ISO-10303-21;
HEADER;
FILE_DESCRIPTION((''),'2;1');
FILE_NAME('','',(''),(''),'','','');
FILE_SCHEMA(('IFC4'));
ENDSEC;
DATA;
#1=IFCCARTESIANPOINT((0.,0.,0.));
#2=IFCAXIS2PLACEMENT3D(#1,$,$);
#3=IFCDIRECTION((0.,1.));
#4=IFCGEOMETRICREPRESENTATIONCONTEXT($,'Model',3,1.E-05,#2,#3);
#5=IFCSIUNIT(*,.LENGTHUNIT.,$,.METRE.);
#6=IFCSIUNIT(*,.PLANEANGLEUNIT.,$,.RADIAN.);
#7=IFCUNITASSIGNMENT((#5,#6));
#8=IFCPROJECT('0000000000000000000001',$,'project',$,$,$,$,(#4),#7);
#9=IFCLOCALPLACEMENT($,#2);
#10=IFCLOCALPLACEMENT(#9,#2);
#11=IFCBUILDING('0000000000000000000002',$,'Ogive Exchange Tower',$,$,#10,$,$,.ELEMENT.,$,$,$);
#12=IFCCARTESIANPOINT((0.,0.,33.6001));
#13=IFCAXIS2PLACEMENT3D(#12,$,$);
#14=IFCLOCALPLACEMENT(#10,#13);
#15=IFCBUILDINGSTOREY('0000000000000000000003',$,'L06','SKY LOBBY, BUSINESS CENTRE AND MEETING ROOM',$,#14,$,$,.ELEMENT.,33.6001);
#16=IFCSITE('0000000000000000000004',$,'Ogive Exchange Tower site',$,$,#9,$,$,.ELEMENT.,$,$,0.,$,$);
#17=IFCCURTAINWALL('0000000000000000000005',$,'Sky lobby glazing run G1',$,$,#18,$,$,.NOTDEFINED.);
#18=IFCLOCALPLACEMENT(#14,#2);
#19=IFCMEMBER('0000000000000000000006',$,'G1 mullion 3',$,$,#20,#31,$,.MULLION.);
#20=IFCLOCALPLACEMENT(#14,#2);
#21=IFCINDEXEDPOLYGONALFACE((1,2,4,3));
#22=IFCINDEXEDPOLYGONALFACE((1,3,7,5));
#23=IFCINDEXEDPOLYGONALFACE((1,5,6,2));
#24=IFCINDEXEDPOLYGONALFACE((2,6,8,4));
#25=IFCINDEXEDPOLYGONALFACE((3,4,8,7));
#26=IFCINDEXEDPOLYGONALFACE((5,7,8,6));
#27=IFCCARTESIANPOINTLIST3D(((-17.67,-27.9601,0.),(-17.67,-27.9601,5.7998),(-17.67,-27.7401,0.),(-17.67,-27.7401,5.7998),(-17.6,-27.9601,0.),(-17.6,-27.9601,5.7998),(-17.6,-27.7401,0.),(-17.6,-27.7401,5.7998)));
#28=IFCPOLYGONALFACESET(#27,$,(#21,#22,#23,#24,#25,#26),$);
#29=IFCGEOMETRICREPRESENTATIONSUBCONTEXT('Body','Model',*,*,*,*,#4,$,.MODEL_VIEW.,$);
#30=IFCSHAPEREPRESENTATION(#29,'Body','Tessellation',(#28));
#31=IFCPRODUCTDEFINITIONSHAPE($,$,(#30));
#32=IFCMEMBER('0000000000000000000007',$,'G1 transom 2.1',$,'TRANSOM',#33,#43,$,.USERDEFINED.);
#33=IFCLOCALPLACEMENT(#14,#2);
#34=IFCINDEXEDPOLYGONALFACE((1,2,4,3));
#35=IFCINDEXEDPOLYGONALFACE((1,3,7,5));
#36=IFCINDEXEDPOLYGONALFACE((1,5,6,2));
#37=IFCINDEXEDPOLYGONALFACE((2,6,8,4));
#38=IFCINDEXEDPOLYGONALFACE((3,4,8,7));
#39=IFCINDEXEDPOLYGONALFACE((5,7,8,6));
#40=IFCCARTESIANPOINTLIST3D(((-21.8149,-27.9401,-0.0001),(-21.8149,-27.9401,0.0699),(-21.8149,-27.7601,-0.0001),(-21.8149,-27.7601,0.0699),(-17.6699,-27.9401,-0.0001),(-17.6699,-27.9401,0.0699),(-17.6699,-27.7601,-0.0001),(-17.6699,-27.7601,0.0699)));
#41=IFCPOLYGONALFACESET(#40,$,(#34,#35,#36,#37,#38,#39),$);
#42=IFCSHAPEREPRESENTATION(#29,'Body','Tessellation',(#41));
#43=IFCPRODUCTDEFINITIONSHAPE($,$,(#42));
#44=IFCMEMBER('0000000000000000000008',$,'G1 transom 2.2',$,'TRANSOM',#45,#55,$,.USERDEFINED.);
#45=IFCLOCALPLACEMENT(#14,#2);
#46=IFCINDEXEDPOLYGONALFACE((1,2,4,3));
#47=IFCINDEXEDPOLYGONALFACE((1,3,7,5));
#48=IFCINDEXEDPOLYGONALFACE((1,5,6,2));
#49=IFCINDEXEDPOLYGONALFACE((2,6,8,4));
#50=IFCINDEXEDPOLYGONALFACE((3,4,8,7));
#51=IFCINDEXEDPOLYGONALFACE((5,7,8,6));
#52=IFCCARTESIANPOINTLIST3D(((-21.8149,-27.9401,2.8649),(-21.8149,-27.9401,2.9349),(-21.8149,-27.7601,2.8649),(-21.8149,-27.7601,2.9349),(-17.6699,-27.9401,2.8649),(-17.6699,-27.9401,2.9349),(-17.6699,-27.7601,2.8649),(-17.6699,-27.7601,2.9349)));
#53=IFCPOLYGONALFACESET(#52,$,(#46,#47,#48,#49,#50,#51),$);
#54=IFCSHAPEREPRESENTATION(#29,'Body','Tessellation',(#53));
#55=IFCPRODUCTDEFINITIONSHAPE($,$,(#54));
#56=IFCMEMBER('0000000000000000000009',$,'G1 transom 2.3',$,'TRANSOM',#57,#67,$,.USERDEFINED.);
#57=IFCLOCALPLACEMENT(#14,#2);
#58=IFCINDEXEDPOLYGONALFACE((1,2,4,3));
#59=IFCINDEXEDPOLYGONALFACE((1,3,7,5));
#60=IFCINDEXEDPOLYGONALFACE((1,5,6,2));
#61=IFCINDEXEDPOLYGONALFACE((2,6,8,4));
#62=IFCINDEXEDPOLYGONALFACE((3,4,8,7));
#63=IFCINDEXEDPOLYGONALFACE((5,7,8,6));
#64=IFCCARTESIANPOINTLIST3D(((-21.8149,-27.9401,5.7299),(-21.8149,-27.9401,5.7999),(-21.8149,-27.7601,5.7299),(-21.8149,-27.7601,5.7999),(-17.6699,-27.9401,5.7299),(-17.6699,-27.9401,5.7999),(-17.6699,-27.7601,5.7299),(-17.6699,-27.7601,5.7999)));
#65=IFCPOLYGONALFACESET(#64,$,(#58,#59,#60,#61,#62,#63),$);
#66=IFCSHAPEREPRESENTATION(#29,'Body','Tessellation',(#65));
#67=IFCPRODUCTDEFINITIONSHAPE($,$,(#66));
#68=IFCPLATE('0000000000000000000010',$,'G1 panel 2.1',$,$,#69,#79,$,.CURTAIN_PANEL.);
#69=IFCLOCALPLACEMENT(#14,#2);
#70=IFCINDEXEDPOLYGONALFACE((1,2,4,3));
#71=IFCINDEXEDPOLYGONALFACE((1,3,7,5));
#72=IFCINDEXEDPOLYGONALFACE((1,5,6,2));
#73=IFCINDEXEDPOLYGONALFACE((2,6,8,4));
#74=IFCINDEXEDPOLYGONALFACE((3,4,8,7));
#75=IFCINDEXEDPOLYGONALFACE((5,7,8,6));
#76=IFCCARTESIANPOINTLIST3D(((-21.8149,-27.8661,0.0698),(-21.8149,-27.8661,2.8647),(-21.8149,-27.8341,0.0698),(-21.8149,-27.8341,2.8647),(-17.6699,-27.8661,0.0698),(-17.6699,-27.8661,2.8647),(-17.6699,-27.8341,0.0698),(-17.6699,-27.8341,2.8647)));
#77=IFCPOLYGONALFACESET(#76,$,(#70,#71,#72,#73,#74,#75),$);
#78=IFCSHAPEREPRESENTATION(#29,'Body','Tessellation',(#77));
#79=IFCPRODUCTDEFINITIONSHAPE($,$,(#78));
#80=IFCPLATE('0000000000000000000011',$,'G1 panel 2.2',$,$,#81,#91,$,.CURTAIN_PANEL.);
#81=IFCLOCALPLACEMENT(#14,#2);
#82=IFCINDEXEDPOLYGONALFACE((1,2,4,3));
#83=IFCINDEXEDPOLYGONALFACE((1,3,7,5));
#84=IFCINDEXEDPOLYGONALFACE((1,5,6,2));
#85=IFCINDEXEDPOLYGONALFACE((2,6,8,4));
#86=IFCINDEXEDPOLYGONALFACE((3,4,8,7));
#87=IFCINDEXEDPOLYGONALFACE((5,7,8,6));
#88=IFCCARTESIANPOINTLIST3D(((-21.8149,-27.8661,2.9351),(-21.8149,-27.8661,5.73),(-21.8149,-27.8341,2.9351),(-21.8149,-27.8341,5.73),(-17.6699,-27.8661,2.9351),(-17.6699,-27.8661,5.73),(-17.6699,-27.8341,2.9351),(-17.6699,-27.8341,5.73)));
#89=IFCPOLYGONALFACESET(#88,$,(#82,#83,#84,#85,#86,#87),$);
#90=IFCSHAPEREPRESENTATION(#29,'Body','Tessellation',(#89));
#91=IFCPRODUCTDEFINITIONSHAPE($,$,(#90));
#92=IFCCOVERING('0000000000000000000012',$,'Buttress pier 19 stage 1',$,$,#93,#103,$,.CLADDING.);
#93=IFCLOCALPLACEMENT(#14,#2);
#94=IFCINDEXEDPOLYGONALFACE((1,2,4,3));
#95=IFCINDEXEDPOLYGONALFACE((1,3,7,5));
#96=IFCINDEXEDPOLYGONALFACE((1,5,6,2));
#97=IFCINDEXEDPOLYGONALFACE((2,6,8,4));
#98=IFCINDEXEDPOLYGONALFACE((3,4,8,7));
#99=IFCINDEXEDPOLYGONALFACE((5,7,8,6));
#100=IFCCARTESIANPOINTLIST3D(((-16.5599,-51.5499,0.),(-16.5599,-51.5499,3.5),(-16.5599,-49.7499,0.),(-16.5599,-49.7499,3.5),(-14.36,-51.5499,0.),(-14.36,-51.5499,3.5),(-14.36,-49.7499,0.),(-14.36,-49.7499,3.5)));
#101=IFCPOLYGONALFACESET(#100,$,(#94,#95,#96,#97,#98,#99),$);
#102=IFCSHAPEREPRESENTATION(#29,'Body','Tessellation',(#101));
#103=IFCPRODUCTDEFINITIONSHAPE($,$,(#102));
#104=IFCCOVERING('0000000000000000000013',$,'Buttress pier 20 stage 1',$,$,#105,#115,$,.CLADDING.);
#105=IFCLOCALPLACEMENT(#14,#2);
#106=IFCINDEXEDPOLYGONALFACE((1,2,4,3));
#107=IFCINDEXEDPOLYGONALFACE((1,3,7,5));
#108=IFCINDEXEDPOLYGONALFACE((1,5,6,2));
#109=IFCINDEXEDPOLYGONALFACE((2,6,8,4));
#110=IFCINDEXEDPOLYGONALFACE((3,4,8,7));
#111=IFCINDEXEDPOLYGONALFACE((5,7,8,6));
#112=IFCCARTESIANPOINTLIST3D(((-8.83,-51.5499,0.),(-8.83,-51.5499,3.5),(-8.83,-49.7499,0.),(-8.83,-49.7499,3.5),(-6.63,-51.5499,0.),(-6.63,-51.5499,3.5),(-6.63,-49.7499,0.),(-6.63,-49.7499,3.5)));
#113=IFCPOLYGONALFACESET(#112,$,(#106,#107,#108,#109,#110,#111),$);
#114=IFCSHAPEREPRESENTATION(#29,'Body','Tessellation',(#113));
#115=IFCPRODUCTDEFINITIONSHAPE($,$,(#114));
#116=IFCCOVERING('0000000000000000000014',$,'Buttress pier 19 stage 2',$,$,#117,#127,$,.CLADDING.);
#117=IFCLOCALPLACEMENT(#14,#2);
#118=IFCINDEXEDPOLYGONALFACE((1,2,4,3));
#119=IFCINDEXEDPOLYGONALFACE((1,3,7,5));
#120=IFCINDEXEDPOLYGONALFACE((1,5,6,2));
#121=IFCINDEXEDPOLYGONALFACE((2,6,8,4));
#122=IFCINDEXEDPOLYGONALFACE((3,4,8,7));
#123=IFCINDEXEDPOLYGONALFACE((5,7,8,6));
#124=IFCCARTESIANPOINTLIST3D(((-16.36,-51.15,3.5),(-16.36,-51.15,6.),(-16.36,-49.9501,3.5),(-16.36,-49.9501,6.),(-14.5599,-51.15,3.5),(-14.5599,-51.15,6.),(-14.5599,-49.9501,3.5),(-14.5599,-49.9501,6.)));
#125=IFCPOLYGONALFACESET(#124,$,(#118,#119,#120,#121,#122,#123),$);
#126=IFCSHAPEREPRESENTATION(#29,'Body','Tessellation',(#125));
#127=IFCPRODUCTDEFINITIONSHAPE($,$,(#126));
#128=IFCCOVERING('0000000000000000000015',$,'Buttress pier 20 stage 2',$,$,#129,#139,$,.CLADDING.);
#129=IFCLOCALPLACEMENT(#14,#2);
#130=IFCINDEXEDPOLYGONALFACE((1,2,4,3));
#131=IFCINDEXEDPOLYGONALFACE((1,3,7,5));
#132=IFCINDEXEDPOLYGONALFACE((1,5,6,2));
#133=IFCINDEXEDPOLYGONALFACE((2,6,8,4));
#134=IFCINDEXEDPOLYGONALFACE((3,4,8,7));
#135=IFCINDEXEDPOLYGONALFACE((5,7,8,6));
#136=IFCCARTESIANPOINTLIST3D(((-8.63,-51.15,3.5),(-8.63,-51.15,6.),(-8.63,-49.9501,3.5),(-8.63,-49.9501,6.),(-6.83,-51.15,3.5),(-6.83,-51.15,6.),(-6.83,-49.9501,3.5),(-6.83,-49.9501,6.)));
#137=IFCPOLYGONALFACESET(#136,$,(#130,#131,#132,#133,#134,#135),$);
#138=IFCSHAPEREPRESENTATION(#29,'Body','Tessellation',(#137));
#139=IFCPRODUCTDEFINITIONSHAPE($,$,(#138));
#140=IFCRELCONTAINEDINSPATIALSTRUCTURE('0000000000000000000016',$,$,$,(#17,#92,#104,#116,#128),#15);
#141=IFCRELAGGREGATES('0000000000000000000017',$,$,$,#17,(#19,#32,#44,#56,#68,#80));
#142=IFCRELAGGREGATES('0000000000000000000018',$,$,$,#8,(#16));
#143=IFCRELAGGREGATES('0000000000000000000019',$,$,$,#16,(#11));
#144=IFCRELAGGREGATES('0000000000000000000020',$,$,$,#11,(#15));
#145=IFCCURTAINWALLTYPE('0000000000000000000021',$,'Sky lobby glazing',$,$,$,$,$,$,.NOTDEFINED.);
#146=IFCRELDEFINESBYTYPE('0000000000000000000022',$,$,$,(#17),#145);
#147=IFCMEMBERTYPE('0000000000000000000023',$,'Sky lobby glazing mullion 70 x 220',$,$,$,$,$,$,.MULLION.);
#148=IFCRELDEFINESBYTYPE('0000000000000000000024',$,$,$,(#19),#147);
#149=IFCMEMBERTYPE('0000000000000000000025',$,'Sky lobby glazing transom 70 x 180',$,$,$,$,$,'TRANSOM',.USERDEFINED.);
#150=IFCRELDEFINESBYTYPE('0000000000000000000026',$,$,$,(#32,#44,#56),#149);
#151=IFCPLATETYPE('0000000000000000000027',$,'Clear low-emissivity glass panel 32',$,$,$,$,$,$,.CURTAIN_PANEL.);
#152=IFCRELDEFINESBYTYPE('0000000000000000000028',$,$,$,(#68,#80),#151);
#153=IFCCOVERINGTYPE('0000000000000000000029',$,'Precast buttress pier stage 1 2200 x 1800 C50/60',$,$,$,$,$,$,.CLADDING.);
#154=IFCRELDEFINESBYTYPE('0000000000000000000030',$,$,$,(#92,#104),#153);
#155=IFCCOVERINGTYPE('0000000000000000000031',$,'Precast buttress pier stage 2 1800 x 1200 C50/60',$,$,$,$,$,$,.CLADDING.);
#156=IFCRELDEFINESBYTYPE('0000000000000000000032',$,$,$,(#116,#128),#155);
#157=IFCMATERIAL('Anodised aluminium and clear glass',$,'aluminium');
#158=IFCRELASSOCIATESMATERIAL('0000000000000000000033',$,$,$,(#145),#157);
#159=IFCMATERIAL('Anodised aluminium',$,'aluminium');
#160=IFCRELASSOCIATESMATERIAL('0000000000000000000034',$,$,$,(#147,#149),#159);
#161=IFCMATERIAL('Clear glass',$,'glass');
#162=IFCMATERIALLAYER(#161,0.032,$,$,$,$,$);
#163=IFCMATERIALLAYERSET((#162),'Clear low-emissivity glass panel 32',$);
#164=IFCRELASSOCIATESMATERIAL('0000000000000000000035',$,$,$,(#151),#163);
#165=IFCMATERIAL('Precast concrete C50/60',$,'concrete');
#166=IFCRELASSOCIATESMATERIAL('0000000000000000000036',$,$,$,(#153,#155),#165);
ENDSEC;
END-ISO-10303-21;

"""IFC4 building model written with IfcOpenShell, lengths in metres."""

from ifc_helpers import new_model, si_unit, direction, frame, origin, origin_2d, place, context, subcontext, project, spatial, rectangle, extrude, material, layer, layer_set, material_profile, profile_set, type_object, element, aggregate, save


model = new_model("IFC4")

# Units and contexts
model_context = context("Model", 3, precision=1e-05, world=origin(), true_north=direction((0.0, 1.0)))
body_context = subcontext(model_context, "Body", "Model", "MODEL_VIEW")
ifc_project = project(units=[si_unit("LENGTHUNIT", "METRE"), si_unit("PLANEANGLEUNIT", "RADIAN")], contexts=[model_context])

# Site, building, storey
site_placement = place(None, origin())
site = spatial("IfcSite", under=ifc_project, at=site_placement, Name="Ogive Exchange Tower site", CompositionType="ELEMENT", RefElevation=0.0)
building_placement = place(site_placement, origin())
building = spatial("IfcBuilding", under=site, at=building_placement, Name="Ogive Exchange Tower", CompositionType="ELEMENT")
storey_placement = place(building_placement, frame((0.0, 0.0, 33.6001)))
storey = spatial("IfcBuildingStorey", under=building, at=storey_placement, Name="L06", Description="SKY LOBBY, BUSINESS CENTRE AND MEETING ROOM", CompositionType="ELEMENT", Elevation=33.6001)

# Curtain wall, members, plates
ifc_material_1 = material(Name="Anodised aluminium and clear glass", Category="aluminium")
curtain_wall_type = type_object("IfcCurtainWallType", Name="Sky lobby glazing", PredefinedType="NOTDEFINED", material=ifc_material_1)
curtain_wall_placement = place(storey_placement, origin())
curtain_wall = element("IfcCurtainWall", 1, at=curtain_wall_placement, inside=storey, type_object=curtain_wall_type, Name="Sky lobby glazing run G1", PredefinedType="NOTDEFINED")
ifc_material_2 = material(Name="Anodised aluminium", Category="aluminium")
ifc_material_profile_1 = material_profile(ifc_material_2, rectangle(XDim=0.22, YDim=0.0701, at=origin_2d()), Name="AL 70x220")
ifc_profile_set_1 = profile_set([ifc_material_profile_1], Name="Anodised aluminium")
member_type_1 = type_object("IfcMemberType", Name="Sky lobby glazing mullion 70 x 220", PredefinedType="MULLION", material=ifc_profile_set_1)
member_1_placement = place(storey_placement, frame((-17.635, -27.8501, 0.0), z_axis=(0.0, 0.0, 1.0), x_axis=(0.0, 1.0, 0.0)))
member_1 = element("IfcMember", 2, at=member_1_placement, type_object=member_type_1, Name="G1 mullion 3", PredefinedType="MULLION", context=body_context, shape_type="SweptSolid", body=[
    extrude(rectangle(XDim=0.22, YDim=0.0701, at=origin_2d()), origin(), (0.0, 0.0, 1.0), 5.7998),
])
ifc_material_profile_2 = material_profile(ifc_material_2, rectangle(XDim=0.1799, YDim=0.0701, at=origin_2d()), Name="AL 70x180")
ifc_profile_set_2 = profile_set([ifc_material_profile_2], Name="Anodised aluminium")
member_type_2 = type_object("IfcMemberType", Name="Sky lobby glazing transom 70 x 180", ElementType="TRANSOM", PredefinedType="USERDEFINED", material=ifc_profile_set_2)
member_2_placement = place(storey_placement, frame((-21.8149, -27.8501, 0.0349), z_axis=(1.0, 0.0, 0.0), x_axis=(0.0, 1.0, 0.0)))
member_2 = element("IfcMember", 3, at=member_2_placement, type_object=member_type_2, Name="G1 transom 2.1", ObjectType="TRANSOM", PredefinedType="USERDEFINED", context=body_context, shape_type="SweptSolid", body=[
    extrude(rectangle(XDim=0.1799, YDim=0.0701, at=origin_2d()), origin(), (0.0, 0.0, 1.0), 4.145),
])
member_3_placement = place(storey_placement, frame((-21.8149, -27.8501, 2.8999), z_axis=(1.0, 0.0, 0.0), x_axis=(0.0, 1.0, 0.0)))
member_3 = element("IfcMember", 4, at=member_3_placement, type_object=member_type_2, Name="G1 transom 2.2", ObjectType="TRANSOM", PredefinedType="USERDEFINED", context=body_context, shape_type="SweptSolid", body=[
    extrude(rectangle(XDim=0.1799, YDim=0.0701, at=origin_2d()), origin(), (0.0, 0.0, 1.0), 4.145),
])
member_4_placement = place(storey_placement, frame((-21.8149, -27.8501, 5.7649), z_axis=(1.0, 0.0, 0.0), x_axis=(0.0, 1.0, 0.0)))
member_4 = element("IfcMember", 5, at=member_4_placement, type_object=member_type_2, Name="G1 transom 2.3", ObjectType="TRANSOM", PredefinedType="USERDEFINED", context=body_context, shape_type="SweptSolid", body=[
    extrude(rectangle(XDim=0.1799, YDim=0.0701, at=origin_2d()), origin(), (0.0, 0.0, 1.0), 4.145),
])
ifc_material_3 = material(Name="Clear glass", Category="glass")
ifc_layer = layer(ifc_material_3, 0.032)
ifc_layer_set = layer_set([ifc_layer], Name="Clear low-emissivity glass panel 32")
plate_type = type_object("IfcPlateType", Name="Clear low-emissivity glass panel 32", PredefinedType="CURTAIN_PANEL", material=ifc_layer_set)
plate_1_placement = place(storey_placement, frame((-19.7424, -27.8501, 0.0698), z_axis=(0.0, 0.0, 1.0), x_axis=(1.0, 0.0, 0.0)))
plate_1 = element("IfcPlate", 6, at=plate_1_placement, type_object=plate_type, Name="G1 panel 2.1", PredefinedType="CURTAIN_PANEL", context=body_context, shape_type="SweptSolid", body=[
    extrude(rectangle(XDim=4.145, YDim=0.032, at=origin_2d()), origin(), (0.0, 0.0, 1.0), 2.7949),
])
plate_2_placement = place(storey_placement, frame((-19.7424, -27.8501, 2.9351), z_axis=(0.0, 0.0, 1.0), x_axis=(1.0, 0.0, 0.0)))
plate_2 = element("IfcPlate", 7, at=plate_2_placement, type_object=plate_type, Name="G1 panel 2.2", PredefinedType="CURTAIN_PANEL", context=body_context, shape_type="SweptSolid", body=[
    extrude(rectangle(XDim=4.145, YDim=0.032, at=origin_2d()), origin(), (0.0, 0.0, 1.0), 2.7949),
])
aggregate(curtain_wall, [member_1, member_2, member_3, member_4, plate_1, plate_2])

# Coverings
ifc_material_4 = material(Name="Precast concrete C50/60", Category="concrete")
ifc_material_profile_3 = material_profile(ifc_material_4, rectangle(XDim=2.2, YDim=1.8, at=origin_2d()), Name="BUTTRESS PIER 1 2200 x 1800")
ifc_profile_set_3 = profile_set([ifc_material_profile_3], Name="Precast concrete C50/60")
covering_type_1 = type_object("IfcCoveringType", Name="Precast buttress pier stage 1 2200 x 1800 C50/60", PredefinedType="CLADDING", material=ifc_profile_set_3)
for number, where, z_axis, x_axis, name in (
    (8, (-15.46, -50.6499, 0.0), (0.0, 0.0, 1.0), (1.0, 0.0, 0.0), "Buttress pier 19 stage 1"),
    (9, (-7.73, -50.6499, 0.0), (0.0, 0.0, 1.0), (1.0, 0.0, 0.0), "Buttress pier 20 stage 1"),
):
    element("IfcCovering", number, at=place(storey_placement, frame(where, z_axis=z_axis, x_axis=x_axis)), inside=storey, type_object=covering_type_1, Name=name, PredefinedType="CLADDING", context=body_context, shape_type="SweptSolid", body=[
        extrude(rectangle(XDim=2.2, YDim=1.8, at=origin_2d()), origin(), (0.0, 0.0, 1.0), 3.5),
    ])
ifc_material_profile_4 = material_profile(ifc_material_4, rectangle(XDim=1.8, YDim=1.2, at=origin_2d()), Name="BUTTRESS PIER 2 1800 x 1200")
ifc_profile_set_4 = profile_set([ifc_material_profile_4], Name="Precast concrete C50/60")
covering_type_2 = type_object("IfcCoveringType", Name="Precast buttress pier stage 2 1800 x 1200 C50/60", PredefinedType="CLADDING", material=ifc_profile_set_4)
for number, where, z_axis, x_axis, name in (
    (10, (-15.46, -50.55, 3.5), (0.0, 0.0, 1.0), (1.0, 0.0, 0.0), "Buttress pier 19 stage 2"),
    (11, (-7.73, -50.55, 3.5), (0.0, 0.0, 1.0), (1.0, 0.0, 0.0), "Buttress pier 20 stage 2"),
):
    element("IfcCovering", number, at=place(storey_placement, frame(where, z_axis=z_axis, x_axis=x_axis)), inside=storey, type_object=covering_type_2, Name=name, PredefinedType="CLADDING", context=body_context, shape_type="SweptSolid", body=[
        extrude(rectangle(XDim=1.8, YDim=1.2, at=origin_2d()), origin(), (0.0, 0.0, 1.0), 2.5),
    ])

save(model, "model.ifc")
